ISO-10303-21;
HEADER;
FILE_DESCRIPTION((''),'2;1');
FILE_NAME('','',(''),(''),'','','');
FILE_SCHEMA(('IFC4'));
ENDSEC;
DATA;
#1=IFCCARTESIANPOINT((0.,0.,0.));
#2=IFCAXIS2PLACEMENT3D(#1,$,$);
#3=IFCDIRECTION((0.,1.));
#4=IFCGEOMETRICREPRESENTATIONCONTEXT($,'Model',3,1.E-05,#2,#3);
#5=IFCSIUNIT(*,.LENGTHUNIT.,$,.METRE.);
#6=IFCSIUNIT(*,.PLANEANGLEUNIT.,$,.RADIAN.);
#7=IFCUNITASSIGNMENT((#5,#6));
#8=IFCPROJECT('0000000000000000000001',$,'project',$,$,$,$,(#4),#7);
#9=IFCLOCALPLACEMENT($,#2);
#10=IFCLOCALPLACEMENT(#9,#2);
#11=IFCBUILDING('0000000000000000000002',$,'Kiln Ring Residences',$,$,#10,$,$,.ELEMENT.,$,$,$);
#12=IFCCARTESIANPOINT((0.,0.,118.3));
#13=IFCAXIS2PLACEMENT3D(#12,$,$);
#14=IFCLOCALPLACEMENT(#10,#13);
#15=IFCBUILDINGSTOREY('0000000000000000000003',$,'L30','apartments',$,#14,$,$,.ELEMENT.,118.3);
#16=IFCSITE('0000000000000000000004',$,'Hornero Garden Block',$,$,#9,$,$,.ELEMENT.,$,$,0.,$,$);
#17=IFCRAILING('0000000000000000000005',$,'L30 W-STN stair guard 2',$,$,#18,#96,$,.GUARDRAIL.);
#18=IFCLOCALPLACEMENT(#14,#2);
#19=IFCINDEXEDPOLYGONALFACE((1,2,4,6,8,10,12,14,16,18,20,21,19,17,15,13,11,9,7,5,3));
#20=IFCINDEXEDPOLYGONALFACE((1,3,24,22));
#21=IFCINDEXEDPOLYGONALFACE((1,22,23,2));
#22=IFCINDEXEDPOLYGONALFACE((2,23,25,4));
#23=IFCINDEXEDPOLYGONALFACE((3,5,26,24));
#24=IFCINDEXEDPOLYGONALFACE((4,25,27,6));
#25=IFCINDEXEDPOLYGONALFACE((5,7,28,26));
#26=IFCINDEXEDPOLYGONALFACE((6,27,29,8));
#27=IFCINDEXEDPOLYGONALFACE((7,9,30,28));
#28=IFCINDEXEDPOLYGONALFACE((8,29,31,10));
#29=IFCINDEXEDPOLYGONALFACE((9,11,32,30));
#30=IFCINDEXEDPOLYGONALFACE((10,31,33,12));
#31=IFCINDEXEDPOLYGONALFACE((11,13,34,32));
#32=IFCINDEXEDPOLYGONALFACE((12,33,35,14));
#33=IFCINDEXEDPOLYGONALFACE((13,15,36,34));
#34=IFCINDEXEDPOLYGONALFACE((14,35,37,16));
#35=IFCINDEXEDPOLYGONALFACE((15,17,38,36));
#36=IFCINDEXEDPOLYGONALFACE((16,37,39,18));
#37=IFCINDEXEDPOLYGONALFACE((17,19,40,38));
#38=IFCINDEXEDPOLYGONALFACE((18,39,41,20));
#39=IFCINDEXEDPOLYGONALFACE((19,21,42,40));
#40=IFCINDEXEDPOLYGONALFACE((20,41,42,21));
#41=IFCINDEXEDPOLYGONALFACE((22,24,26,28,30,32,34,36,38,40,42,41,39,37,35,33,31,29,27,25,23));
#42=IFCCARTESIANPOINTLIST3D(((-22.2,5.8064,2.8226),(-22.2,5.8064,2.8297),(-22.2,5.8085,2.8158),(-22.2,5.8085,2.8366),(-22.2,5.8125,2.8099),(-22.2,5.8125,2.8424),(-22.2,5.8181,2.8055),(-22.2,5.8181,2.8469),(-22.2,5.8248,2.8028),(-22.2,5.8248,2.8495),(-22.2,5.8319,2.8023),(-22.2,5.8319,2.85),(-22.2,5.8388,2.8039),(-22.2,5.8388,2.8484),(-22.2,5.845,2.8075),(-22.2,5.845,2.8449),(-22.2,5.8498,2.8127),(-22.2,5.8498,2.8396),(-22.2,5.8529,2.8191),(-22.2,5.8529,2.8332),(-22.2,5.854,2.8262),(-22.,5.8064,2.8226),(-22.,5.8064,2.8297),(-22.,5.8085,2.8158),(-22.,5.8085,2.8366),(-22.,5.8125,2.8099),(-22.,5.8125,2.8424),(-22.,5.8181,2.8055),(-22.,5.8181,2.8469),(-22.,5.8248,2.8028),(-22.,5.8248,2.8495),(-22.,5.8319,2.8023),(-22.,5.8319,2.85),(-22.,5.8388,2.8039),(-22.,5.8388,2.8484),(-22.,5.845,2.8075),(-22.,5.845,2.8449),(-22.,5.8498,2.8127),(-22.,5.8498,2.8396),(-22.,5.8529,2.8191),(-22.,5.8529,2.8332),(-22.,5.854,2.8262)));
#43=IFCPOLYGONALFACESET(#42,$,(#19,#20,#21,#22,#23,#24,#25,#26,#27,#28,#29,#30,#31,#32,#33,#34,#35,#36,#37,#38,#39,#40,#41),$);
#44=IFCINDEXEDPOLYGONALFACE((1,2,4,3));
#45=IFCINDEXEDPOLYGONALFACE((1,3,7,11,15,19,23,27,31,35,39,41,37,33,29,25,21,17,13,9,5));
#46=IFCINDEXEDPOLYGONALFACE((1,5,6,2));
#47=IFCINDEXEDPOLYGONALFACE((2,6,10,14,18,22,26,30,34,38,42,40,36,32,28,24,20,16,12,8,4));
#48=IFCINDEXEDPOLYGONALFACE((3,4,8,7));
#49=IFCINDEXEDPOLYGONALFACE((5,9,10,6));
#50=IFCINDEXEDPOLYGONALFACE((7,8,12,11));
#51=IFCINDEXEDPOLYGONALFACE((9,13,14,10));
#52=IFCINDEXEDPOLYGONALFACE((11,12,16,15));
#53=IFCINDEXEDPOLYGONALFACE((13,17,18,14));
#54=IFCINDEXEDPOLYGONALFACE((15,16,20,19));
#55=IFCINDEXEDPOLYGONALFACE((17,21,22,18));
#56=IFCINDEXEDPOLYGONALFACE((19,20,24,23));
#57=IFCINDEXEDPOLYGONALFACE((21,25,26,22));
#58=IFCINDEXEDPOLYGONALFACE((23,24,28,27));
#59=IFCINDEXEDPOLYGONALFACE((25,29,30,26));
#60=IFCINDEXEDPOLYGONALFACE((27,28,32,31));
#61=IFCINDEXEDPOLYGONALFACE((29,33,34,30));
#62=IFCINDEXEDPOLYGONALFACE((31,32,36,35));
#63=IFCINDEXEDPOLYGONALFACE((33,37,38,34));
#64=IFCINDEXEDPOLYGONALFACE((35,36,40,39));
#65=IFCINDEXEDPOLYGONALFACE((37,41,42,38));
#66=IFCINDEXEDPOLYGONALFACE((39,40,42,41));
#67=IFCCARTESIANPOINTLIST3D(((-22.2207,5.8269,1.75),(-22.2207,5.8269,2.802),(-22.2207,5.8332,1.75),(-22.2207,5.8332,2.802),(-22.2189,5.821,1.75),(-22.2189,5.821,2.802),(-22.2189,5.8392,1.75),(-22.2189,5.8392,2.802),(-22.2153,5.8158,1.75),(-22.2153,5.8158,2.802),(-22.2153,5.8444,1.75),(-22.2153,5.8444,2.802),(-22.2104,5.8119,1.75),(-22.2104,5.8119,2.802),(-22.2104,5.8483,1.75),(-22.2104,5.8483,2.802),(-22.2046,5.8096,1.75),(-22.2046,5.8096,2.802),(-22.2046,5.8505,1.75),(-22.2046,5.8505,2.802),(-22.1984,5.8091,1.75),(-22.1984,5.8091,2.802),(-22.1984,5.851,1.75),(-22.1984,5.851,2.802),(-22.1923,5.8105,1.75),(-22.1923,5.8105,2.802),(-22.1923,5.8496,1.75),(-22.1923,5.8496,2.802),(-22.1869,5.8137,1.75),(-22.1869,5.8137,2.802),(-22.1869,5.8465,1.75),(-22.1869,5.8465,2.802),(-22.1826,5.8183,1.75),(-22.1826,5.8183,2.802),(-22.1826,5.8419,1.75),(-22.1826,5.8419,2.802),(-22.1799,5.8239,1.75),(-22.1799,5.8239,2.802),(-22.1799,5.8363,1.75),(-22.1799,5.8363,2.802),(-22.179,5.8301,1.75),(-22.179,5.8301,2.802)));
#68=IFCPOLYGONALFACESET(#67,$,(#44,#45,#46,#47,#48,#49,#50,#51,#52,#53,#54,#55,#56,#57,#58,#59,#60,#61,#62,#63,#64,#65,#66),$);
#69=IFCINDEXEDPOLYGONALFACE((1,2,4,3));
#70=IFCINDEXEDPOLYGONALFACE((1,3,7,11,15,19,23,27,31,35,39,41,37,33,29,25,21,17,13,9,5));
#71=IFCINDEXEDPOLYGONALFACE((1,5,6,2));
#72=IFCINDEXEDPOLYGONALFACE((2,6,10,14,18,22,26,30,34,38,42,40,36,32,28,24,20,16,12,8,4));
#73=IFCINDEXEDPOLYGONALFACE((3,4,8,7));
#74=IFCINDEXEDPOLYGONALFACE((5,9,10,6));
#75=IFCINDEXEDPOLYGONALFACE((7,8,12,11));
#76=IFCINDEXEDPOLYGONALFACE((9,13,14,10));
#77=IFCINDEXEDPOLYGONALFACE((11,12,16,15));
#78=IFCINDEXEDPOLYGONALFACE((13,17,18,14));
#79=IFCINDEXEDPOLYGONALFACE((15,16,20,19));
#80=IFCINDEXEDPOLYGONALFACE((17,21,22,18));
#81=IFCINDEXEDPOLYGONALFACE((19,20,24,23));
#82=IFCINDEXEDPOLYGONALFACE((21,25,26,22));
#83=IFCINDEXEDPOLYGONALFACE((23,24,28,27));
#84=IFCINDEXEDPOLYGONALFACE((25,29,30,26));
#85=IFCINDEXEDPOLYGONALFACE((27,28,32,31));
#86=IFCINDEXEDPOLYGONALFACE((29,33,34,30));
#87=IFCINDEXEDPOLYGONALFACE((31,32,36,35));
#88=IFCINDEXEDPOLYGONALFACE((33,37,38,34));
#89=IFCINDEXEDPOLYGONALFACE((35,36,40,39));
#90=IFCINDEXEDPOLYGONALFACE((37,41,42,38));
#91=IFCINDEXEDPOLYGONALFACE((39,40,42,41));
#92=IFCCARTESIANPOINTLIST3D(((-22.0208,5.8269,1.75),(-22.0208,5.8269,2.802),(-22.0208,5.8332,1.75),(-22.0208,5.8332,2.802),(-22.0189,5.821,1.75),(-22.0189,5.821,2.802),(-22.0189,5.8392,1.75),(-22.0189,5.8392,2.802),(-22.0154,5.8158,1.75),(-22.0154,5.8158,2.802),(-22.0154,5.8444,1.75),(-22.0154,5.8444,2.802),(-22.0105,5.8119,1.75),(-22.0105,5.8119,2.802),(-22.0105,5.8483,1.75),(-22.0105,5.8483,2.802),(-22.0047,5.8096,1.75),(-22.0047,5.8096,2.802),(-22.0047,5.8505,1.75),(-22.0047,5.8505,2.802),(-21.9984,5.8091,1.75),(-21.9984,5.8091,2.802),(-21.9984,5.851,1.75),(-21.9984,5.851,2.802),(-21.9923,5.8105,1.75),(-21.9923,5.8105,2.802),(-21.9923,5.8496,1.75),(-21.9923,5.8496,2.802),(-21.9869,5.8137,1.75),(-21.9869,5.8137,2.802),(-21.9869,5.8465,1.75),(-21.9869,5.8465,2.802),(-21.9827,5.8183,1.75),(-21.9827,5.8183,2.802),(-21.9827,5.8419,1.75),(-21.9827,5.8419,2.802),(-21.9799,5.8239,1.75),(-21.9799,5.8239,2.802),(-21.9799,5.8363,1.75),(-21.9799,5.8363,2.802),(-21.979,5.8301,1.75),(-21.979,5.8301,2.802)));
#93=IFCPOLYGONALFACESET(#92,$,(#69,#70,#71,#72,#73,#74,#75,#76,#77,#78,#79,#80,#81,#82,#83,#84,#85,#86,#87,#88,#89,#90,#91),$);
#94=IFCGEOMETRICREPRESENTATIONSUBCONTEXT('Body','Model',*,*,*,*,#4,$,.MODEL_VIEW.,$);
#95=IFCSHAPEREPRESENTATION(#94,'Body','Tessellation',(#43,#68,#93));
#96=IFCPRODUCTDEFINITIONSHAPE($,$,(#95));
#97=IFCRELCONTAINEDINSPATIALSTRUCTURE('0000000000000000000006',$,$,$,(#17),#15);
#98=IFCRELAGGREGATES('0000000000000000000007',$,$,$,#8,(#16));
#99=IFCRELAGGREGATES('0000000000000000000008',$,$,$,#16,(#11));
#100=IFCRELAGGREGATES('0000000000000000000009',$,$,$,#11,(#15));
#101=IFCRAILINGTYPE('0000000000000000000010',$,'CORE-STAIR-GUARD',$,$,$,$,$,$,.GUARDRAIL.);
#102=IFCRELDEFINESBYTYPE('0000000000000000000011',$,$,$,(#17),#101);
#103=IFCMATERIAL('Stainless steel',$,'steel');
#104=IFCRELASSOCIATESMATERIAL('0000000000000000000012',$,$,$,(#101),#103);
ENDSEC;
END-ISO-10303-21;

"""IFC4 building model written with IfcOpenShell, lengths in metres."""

from ifc_helpers import new_model, si_unit, direction, frame, origin, origin_2d, place, context, subcontext, project, spatial, circle, extrude, material, type_object, element, save


model = new_model("IFC4")

# Units and contexts
model_context = context("Model", 3, precision=1e-05, world=origin(), true_north=direction((0.0, 1.0)))
body_context = subcontext(model_context, "Body", "Model", "MODEL_VIEW")
ifc_project = project(units=[si_unit("LENGTHUNIT", "METRE"), si_unit("PLANEANGLEUNIT", "RADIAN")], contexts=[model_context])

# Site, building, storey
site_placement = place(None, origin())
site = spatial("IfcSite", under=ifc_project, at=site_placement, Name="Hornero Garden Block", CompositionType="ELEMENT", RefElevation=0.0)
building_placement = place(site_placement, origin())
building = spatial("IfcBuilding", under=site, at=building_placement, Name="Kiln Ring Residences", CompositionType="ELEMENT")
storey_placement = place(building_placement, frame((0.0, 0.0, 118.3)))
storey = spatial("IfcBuildingStorey", under=building, at=storey_placement, Name="L30", Description="apartments", CompositionType="ELEMENT", Elevation=118.3)

# Railing
ifc_material_1 = material(Name="Stainless steel", Category="steel")
railing_type_1 = type_object("IfcRailingType", Name="CORE-STAIR-GUARD", PredefinedType="GUARDRAIL", material=ifc_material_1)
railing_1_placement = place(storey_placement, frame((-22.2, 5.8301, 1.75)))
element("IfcRailing", 1, at=railing_1_placement, inside=storey, type_object=railing_type_1, Name="L30 W-STN stair guard 2", PredefinedType="GUARDRAIL", context=body_context, shape_type="SweptSolid", body=[
    extrude(circle(Radius=0.0239, at=origin_2d()), frame((0.0, 0.0, 1.0762), z_axis=(1.0, 0.0, 0.0), x_axis=(0.0, 1.0, 0.0)), (0.0, 0.0, 1.0), 0.2),
    extrude(circle(Radius=0.021, at=origin_2d()), origin(), (0.0, 0.0, 1.0), 1.052),
    extrude(circle(Radius=0.021, at=origin_2d()), frame((0.2, 0.0, 0.0)), (0.0, 0.0, 1.0), 1.052),
])

save(model, "model.ifc")
